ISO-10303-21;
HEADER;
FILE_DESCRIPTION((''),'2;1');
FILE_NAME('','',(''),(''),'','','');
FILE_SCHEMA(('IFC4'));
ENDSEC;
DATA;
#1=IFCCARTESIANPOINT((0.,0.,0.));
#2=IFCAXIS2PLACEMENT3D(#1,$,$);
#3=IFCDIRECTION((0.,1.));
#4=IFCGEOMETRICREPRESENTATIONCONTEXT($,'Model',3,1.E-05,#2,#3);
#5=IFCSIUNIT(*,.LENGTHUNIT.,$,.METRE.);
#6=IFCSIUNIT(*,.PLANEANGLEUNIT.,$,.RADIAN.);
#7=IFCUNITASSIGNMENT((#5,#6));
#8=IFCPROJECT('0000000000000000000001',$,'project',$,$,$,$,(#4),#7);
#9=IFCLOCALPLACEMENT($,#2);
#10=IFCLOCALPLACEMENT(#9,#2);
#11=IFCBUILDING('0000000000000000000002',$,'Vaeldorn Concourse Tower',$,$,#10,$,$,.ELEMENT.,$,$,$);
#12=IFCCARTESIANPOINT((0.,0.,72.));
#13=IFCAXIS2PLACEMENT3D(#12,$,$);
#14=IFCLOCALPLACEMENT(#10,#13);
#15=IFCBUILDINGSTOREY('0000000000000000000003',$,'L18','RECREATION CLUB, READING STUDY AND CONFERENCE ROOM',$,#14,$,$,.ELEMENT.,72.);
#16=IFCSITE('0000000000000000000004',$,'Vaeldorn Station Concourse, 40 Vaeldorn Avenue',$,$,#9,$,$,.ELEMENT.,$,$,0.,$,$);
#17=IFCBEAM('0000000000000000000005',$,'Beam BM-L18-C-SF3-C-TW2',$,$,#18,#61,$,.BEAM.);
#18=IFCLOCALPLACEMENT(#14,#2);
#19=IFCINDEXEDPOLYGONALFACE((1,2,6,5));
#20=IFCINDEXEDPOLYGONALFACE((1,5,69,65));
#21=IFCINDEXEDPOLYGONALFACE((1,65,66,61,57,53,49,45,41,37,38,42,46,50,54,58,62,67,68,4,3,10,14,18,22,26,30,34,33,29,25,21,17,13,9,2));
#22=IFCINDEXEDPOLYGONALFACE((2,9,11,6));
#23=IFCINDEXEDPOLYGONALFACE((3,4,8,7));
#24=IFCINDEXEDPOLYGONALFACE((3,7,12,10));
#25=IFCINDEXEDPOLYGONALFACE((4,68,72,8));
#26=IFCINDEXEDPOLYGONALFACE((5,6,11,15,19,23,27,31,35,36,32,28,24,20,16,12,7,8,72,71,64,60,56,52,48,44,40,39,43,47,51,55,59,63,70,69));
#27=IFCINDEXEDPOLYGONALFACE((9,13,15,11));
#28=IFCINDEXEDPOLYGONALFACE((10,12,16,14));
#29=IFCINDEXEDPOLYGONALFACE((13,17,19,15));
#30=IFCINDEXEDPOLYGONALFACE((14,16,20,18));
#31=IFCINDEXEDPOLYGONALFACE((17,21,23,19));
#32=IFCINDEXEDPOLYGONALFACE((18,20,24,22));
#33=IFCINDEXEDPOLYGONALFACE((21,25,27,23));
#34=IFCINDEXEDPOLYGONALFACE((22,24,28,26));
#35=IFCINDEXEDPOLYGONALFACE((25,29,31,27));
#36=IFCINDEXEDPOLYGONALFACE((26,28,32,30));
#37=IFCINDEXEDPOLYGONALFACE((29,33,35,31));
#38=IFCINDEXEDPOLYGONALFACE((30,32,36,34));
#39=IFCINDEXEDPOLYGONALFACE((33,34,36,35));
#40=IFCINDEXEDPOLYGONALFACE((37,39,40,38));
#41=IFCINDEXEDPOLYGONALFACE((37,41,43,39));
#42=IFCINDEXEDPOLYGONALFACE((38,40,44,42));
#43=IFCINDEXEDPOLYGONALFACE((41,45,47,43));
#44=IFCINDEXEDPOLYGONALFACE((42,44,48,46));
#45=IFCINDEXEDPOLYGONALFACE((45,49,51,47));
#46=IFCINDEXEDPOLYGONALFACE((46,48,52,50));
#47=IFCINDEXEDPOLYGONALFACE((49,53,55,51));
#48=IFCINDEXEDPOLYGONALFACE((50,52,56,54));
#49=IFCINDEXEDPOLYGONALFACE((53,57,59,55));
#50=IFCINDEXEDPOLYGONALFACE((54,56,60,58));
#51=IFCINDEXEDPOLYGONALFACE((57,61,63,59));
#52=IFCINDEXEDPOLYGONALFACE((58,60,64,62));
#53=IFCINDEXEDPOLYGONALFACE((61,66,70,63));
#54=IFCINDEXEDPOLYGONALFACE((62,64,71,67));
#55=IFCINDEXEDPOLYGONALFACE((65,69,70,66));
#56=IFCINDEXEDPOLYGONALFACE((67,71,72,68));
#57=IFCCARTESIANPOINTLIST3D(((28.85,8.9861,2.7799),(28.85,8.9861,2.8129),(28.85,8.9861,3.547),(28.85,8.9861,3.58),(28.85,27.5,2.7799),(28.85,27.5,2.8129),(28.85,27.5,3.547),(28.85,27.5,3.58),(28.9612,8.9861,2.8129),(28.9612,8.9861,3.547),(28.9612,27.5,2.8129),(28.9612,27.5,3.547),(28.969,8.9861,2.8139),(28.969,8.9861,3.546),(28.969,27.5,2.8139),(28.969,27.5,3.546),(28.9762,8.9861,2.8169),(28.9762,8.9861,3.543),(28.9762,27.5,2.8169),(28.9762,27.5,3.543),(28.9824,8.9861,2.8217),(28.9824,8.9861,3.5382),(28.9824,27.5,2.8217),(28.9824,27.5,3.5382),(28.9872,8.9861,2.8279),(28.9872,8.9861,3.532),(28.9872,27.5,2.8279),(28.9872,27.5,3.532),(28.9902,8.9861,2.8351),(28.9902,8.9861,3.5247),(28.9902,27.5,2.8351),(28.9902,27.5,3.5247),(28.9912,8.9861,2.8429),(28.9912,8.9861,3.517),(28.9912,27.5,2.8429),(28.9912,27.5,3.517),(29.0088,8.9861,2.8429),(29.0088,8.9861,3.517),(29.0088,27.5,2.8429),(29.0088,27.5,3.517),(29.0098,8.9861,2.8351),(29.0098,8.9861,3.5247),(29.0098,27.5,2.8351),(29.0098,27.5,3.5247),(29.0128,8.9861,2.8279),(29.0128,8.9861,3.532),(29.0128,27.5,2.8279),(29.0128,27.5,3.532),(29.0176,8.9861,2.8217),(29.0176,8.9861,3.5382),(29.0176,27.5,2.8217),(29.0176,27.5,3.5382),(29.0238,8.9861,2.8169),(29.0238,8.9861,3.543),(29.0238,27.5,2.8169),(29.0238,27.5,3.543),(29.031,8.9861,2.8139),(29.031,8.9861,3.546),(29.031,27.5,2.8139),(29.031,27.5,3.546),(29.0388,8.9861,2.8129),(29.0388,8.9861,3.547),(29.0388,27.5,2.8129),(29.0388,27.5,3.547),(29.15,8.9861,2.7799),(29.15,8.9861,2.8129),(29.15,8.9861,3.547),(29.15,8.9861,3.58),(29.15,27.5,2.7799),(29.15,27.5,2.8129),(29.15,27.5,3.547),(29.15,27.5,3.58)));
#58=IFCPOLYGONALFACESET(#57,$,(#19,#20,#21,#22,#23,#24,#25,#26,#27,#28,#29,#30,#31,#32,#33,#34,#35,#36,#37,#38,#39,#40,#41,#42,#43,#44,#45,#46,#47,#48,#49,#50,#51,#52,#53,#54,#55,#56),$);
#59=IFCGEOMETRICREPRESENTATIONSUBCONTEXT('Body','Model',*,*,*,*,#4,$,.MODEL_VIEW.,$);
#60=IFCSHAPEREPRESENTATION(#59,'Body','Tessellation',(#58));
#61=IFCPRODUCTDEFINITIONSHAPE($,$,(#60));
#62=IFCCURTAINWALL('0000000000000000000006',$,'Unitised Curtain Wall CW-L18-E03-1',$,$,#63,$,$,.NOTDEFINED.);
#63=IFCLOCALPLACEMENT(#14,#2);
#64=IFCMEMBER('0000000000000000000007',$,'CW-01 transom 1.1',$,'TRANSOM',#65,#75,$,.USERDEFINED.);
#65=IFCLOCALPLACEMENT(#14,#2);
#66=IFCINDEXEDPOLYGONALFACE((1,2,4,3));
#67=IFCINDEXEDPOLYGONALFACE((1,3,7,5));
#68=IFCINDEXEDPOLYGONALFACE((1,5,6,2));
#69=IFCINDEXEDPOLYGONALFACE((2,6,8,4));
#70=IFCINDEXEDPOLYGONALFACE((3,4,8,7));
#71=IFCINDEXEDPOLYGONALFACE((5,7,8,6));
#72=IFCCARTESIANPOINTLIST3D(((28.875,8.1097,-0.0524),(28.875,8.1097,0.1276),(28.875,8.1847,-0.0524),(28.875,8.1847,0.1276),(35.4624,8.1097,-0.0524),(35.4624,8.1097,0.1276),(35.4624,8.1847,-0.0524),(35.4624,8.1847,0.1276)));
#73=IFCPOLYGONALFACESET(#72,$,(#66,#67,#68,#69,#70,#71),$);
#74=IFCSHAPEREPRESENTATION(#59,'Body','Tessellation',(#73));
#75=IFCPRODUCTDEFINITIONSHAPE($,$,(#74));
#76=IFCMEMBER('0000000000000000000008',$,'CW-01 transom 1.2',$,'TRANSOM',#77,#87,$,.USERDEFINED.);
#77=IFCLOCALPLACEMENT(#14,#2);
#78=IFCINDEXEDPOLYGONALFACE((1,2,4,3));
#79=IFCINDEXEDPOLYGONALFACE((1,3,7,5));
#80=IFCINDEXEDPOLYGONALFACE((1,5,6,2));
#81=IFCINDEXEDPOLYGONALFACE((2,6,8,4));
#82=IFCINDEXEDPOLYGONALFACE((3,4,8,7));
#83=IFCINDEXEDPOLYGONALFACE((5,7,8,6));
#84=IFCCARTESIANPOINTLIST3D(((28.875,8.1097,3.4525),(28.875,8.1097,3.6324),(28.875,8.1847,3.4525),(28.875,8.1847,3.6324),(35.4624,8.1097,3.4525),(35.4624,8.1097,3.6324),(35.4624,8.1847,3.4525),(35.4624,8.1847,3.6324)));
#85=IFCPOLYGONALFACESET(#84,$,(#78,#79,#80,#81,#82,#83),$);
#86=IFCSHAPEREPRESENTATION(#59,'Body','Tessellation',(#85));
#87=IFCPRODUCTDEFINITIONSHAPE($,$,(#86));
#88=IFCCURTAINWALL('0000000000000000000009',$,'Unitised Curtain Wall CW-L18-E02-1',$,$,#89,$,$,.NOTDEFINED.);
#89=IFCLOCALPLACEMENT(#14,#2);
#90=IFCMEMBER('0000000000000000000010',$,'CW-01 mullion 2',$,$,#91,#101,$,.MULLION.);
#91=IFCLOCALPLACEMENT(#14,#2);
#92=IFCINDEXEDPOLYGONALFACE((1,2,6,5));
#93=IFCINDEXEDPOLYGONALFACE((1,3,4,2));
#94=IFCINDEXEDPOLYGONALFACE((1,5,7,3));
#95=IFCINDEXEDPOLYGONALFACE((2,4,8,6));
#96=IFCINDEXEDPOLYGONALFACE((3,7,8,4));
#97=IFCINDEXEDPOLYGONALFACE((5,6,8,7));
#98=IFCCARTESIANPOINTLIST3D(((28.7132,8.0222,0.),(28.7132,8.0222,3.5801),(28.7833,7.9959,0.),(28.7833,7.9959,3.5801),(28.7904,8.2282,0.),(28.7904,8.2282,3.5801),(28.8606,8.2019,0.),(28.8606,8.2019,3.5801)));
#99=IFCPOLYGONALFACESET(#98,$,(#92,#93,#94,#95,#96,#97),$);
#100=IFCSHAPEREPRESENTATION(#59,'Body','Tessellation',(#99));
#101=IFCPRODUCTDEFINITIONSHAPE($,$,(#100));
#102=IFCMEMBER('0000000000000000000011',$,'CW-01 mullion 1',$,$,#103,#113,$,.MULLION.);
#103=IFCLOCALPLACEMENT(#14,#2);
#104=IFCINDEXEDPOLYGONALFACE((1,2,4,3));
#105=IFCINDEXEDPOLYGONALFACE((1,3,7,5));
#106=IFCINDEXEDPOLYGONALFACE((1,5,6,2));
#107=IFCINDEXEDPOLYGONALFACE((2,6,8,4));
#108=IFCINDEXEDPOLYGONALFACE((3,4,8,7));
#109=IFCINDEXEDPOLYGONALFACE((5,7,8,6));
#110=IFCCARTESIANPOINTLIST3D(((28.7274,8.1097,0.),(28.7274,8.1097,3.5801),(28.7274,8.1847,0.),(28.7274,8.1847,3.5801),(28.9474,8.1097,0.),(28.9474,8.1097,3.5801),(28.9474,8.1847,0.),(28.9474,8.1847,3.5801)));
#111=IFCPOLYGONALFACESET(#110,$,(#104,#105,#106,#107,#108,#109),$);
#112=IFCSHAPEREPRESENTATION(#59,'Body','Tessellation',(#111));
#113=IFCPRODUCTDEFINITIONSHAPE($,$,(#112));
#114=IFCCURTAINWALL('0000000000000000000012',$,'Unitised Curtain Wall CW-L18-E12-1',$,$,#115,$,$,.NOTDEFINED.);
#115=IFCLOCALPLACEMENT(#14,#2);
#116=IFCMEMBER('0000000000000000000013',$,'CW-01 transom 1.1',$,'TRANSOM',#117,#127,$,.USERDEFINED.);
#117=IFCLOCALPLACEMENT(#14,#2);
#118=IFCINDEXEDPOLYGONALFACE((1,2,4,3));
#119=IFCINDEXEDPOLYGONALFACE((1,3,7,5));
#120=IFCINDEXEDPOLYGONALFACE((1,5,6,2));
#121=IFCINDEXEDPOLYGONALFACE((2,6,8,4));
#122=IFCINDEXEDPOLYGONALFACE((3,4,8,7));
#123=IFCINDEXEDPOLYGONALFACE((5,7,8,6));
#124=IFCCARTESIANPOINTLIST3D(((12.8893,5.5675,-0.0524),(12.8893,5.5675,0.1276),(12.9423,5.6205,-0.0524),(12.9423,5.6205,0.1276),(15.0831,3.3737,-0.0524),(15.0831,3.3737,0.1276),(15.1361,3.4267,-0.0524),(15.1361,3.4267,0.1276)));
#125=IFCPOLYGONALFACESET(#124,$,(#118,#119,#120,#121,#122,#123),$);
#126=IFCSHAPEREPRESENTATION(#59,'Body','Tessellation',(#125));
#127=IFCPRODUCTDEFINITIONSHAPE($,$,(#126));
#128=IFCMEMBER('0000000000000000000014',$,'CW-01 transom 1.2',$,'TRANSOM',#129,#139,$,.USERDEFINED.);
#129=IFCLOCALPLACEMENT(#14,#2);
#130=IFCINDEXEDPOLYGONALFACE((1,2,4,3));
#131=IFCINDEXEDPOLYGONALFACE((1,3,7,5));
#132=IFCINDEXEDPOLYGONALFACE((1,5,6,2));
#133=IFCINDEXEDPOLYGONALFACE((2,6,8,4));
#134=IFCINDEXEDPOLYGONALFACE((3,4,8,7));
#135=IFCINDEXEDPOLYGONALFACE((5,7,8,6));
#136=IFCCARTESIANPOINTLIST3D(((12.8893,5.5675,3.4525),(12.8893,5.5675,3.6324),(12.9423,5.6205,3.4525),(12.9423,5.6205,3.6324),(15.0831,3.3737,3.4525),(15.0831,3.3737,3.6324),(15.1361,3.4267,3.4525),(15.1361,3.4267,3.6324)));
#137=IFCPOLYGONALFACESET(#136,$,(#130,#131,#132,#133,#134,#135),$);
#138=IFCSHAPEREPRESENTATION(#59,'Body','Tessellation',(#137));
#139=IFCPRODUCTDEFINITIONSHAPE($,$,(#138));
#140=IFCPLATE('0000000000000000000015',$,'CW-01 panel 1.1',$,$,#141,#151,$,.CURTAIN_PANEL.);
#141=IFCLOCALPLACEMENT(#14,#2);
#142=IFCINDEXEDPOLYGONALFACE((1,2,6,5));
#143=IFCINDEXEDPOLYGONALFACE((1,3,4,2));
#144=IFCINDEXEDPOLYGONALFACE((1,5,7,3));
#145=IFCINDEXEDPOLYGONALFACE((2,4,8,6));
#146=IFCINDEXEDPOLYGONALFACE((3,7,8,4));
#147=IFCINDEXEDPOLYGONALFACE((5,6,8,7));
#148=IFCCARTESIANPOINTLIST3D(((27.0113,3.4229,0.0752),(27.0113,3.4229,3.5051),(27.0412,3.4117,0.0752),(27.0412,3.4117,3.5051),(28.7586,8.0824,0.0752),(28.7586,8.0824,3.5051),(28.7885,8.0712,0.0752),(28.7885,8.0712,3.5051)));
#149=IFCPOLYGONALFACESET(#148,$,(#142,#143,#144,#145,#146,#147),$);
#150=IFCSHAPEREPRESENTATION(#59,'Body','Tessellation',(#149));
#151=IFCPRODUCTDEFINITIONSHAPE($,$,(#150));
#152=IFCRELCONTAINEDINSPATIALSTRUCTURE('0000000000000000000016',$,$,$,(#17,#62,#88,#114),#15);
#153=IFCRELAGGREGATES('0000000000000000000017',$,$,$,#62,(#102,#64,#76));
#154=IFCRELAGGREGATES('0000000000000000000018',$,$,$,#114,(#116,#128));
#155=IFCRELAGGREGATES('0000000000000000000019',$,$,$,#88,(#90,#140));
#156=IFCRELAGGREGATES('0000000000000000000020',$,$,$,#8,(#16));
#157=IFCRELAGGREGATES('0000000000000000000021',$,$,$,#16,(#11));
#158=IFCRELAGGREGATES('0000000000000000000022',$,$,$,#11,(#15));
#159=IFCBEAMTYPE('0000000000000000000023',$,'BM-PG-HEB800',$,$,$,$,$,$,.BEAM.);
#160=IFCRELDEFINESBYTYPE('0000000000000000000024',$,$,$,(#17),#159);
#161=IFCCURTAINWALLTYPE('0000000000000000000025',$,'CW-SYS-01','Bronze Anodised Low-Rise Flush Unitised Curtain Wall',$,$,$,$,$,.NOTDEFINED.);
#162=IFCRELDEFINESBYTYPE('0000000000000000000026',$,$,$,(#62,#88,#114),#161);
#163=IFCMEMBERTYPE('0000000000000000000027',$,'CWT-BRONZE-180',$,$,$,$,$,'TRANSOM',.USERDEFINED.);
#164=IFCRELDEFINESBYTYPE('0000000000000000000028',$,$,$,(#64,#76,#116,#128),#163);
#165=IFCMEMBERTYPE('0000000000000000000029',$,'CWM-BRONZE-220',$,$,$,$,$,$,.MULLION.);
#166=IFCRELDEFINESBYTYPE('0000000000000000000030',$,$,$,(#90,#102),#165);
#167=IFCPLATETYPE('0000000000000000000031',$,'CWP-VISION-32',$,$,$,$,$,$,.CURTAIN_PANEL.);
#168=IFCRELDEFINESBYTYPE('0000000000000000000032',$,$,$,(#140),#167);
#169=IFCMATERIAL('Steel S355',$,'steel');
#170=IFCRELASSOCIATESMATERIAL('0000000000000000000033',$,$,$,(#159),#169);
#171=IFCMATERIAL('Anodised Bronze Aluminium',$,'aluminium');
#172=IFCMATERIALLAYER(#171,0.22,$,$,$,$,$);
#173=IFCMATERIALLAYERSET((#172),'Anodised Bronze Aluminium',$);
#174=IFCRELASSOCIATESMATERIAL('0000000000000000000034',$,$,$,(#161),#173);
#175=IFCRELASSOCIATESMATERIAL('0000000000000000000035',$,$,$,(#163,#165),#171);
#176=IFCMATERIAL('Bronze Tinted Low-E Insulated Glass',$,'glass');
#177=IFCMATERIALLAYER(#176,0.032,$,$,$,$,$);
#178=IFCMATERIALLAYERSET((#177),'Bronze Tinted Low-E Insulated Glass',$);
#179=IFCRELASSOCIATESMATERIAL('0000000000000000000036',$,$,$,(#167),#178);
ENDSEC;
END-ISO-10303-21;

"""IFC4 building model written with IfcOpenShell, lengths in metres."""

from ifc_helpers import new_model, si_unit, direction, frame, origin, origin_2d, place, context, subcontext, project, spatial, rectangle, i_section, extrude, source, transform, mapped, material, layer, layer_set, material_profile, profile_set, type_object, element, aggregate, save


model = new_model("IFC4")

# Units and contexts
model_context = context("Model", 3, precision=1e-05, world=origin(), true_north=direction((0.0, 1.0)))
body_context = subcontext(model_context, "Body", "Model", "MODEL_VIEW")
ifc_project = project(units=[si_unit("LENGTHUNIT", "METRE"), si_unit("PLANEANGLEUNIT", "RADIAN")], contexts=[model_context])

# Site, building, storey
site_placement = place(None, origin())
site = spatial("IfcSite", under=ifc_project, at=site_placement, Name="Vaeldorn Station Concourse, 40 Vaeldorn Avenue", CompositionType="ELEMENT", RefElevation=0.0)
building_placement = place(site_placement, origin())
building = spatial("IfcBuilding", under=site, at=building_placement, Name="Vaeldorn Concourse Tower", CompositionType="ELEMENT")
storey_placement = place(building_placement, frame((0.0, 0.0, 72.0)))
storey = spatial("IfcBuildingStorey", under=building, at=storey_placement, Name="L18", Description="RECREATION CLUB, READING STUDY AND CONFERENCE ROOM", CompositionType="ELEMENT", Elevation=72.0)

# Beam
ifc_material_1 = material(Name="Steel S355", Category="steel")
ifc_material_profile_1 = material_profile(ifc_material_1, i_section(OverallWidth=0.3, OverallDepth=0.8, WebThickness=0.0176, FlangeThickness=0.033, FilletRadius=0.03, at=origin_2d()), Name="HEB 800")
ifc_profile_set_1 = profile_set([ifc_material_profile_1], Name="Steel S355")
beam_type_1 = type_object("IfcBeamType", Name="BM-PG-HEB800", PredefinedType="BEAM", material=ifc_profile_set_1)
shared_shape_1 = source(origin(), body_context, "Body", "SweptSolid", [
    extrude(i_section(OverallWidth=0.3, OverallDepth=0.8, WebThickness=0.0176, FlangeThickness=0.033, FilletRadius=0.03, at=origin_2d()), origin(), (0.0, 0.0, 1.0), 18.5139),
])
beam_1_placement = place(storey_placement, frame((29.0, 8.9861, 3.1799), z_axis=(0.0, 1.0, 0.0), x_axis=(-1.0, 0.0, 0.0)))
element("IfcBeam", 1, at=beam_1_placement, inside=storey, type_object=beam_type_1, Name="Beam BM-L18-C-SF3-C-TW2", PredefinedType="BEAM", context=body_context, shape_type="MappedRepresentation", body=[
    mapped(shared_shape_1, transform((0.0, 0.0, 0.0), scale=1.0)),
])

# Curtain wall, members
ifc_material_2 = material(Name="Anodised Bronze Aluminium", Category="aluminium")
ifc_layer_1 = layer(ifc_material_2, 0.22)
ifc_layer_set_1 = layer_set([ifc_layer_1], Name="Anodised Bronze Aluminium")
curtain_wall_type = type_object("IfcCurtainWallType", Name="CW-SYS-01", Description="Bronze Anodised Low-Rise Flush Unitised Curtain Wall", PredefinedType="NOTDEFINED", material=ifc_layer_set_1)
curtain_wall_1_placement = place(storey_placement, origin())
curtain_wall_1 = element("IfcCurtainWall", 2, at=curtain_wall_1_placement, inside=storey, type_object=curtain_wall_type, Name="Unitised Curtain Wall CW-L18-E03-1", PredefinedType="NOTDEFINED")
ifc_material_profile_2 = material_profile(ifc_material_2, rectangle(XDim=0.075, YDim=0.1799, at=origin_2d()), Name="CWT 75x180")
ifc_profile_set_2 = profile_set([ifc_material_profile_2], Name="Anodised Bronze Aluminium")
member_type_1 = type_object("IfcMemberType", Name="CWT-BRONZE-180", ElementType="TRANSOM", PredefinedType="USERDEFINED", material=ifc_profile_set_2)
shared_shape_2 = source(origin(), body_context, "Body", "SweptSolid", [
    extrude(rectangle(XDim=0.075, YDim=0.1799, at=origin_2d()), origin(), (0.0, 0.0, 1.0), 6.5874),
])
member_1_placement = place(storey_placement, frame((28.875, 8.1472, 0.0376), z_axis=(1.0, 0.0, 0.0), x_axis=(0.0, 1.0, 0.0)))
member_1 = element("IfcMember", 3, at=member_1_placement, type_object=member_type_1, Name="CW-01 transom 1.1", ObjectType="TRANSOM", PredefinedType="USERDEFINED", context=body_context, shape_type="MappedRepresentation", body=[
    mapped(shared_shape_2, transform((0.0, 0.0, 0.0), scale=1.0)),
])
member_2_placement = place(storey_placement, frame((28.875, 8.1472, 3.5425), z_axis=(1.0, 0.0, 0.0), x_axis=(0.0, 1.0, 0.0)))
member_2 = element("IfcMember", 4, at=member_2_placement, type_object=member_type_1, Name="CW-01 transom 1.2", ObjectType="TRANSOM", PredefinedType="USERDEFINED", context=body_context, shape_type="MappedRepresentation", body=[
    mapped(shared_shape_2, transform((0.0, 0.0, 0.0), scale=1.0)),
])

# Curtain wall, member
curtain_wall_2_placement = place(storey_placement, origin())
curtain_wall_2 = element("IfcCurtainWall", 5, at=curtain_wall_2_placement, inside=storey, type_object=curtain_wall_type, Name="Unitised Curtain Wall CW-L18-E02-1", PredefinedType="NOTDEFINED")
ifc_material_profile_3 = material_profile(ifc_material_2, rectangle(XDim=0.075, YDim=0.22, at=origin_2d()), Name="CWM 75x220")
ifc_profile_set_3 = profile_set([ifc_material_profile_3], Name="Anodised Bronze Aluminium")
member_type_2 = type_object("IfcMemberType", Name="CWM-BRONZE-220", PredefinedType="MULLION", material=ifc_profile_set_3)
shared_shape_3 = source(origin(), body_context, "Body", "SweptSolid", [
    extrude(rectangle(XDim=0.075, YDim=0.22, at=origin_2d()), origin(), (0.0, 0.0, 1.0), 3.5801),
])
member_3_placement = place(storey_placement, frame((28.7869, 8.1121, 0.0), z_axis=(0.0, 0.0, 1.0), x_axis=(-0.936329, 0.351123, 0.0)))
member_3 = element("IfcMember", 6, at=member_3_placement, type_object=member_type_2, Name="CW-01 mullion 2", PredefinedType="MULLION", context=body_context, shape_type="MappedRepresentation", body=[
    mapped(shared_shape_3, transform((0.0, 0.0, 0.0), scale=1.0)),
])

# Member
member_4_placement = place(storey_placement, frame((28.8374, 8.1472, 0.0), z_axis=(0.0, 0.0, 1.0), x_axis=(0.0, 1.0, 0.0)))
member_4 = element("IfcMember", 7, at=member_4_placement, type_object=member_type_2, Name="CW-01 mullion 1", PredefinedType="MULLION", context=body_context, shape_type="MappedRepresentation", body=[
    mapped(shared_shape_3, transform((0.0, 0.0, 0.0), scale=1.0)),
])
aggregate(curtain_wall_1, [member_4, member_1, member_2])

# Curtain wall, members
curtain_wall_3_placement = place(storey_placement, origin())
curtain_wall_3 = element("IfcCurtainWall", 8, at=curtain_wall_3_placement, inside=storey, type_object=curtain_wall_type, Name="Unitised Curtain Wall CW-L18-E12-1", PredefinedType="NOTDEFINED")
shared_shape_4 = source(origin(), body_context, "Body", "SweptSolid", [
    extrude(rectangle(XDim=0.075, YDim=0.1799, at=origin_2d()), origin(), (0.0, 0.0, 1.0), 3.1025),
])
member_5_placement = place(storey_placement, frame((12.9158, 5.594, 0.0376), z_axis=(0.707107, -0.707107, 0.0), x_axis=(0.707107, 0.707107, 0.0)))
member_5 = element("IfcMember", 9, at=member_5_placement, type_object=member_type_1, Name="CW-01 transom 1.1", ObjectType="TRANSOM", PredefinedType="USERDEFINED", context=body_context, shape_type="MappedRepresentation", body=[
    mapped(shared_shape_4, transform((0.0, 0.0, 0.0), scale=1.0)),
])
member_6_placement = place(storey_placement, frame((12.9158, 5.594, 3.5425), z_axis=(0.707107, -0.707107, 0.0), x_axis=(0.707107, 0.707107, 0.0)))
member_6 = element("IfcMember", 10, at=member_6_placement, type_object=member_type_1, Name="CW-01 transom 1.2", ObjectType="TRANSOM", PredefinedType="USERDEFINED", context=body_context, shape_type="MappedRepresentation", body=[
    mapped(shared_shape_4, transform((0.0, 0.0, 0.0), scale=1.0)),
])
aggregate(curtain_wall_3, [member_5, member_6])

# Plate
ifc_material_3 = material(Name="Bronze Tinted Low-E Insulated Glass", Category="glass")
ifc_layer_2 = layer(ifc_material_3, 0.032)
ifc_layer_set_2 = layer_set([ifc_layer_2], Name="Bronze Tinted Low-E Insulated Glass")
plate_type = type_object("IfcPlateType", Name="CWP-VISION-32", PredefinedType="CURTAIN_PANEL", material=ifc_layer_set_2)
shared_shape_5 = source(origin(), body_context, "Body", "SweptSolid", [
    extrude(rectangle(XDim=4.9763, YDim=0.032, at=origin_2d()), origin(), (0.0, 0.0, 1.0), 3.4299),
])
plate_placement = place(storey_placement, frame((27.8999, 5.7471, 0.0752), z_axis=(0.0, 0.0, 1.0), x_axis=(0.351123, 0.936329, 0.0)))
plate = element("IfcPlate", 11, at=plate_placement, type_object=plate_type, Name="CW-01 panel 1.1", PredefinedType="CURTAIN_PANEL", context=body_context, shape_type="MappedRepresentation", body=[
    mapped(shared_shape_5, transform((0.0, 0.0, 0.0), scale=1.0)),
])
aggregate(curtain_wall_2, [member_3, plate])

save(model, "model.ifc")
